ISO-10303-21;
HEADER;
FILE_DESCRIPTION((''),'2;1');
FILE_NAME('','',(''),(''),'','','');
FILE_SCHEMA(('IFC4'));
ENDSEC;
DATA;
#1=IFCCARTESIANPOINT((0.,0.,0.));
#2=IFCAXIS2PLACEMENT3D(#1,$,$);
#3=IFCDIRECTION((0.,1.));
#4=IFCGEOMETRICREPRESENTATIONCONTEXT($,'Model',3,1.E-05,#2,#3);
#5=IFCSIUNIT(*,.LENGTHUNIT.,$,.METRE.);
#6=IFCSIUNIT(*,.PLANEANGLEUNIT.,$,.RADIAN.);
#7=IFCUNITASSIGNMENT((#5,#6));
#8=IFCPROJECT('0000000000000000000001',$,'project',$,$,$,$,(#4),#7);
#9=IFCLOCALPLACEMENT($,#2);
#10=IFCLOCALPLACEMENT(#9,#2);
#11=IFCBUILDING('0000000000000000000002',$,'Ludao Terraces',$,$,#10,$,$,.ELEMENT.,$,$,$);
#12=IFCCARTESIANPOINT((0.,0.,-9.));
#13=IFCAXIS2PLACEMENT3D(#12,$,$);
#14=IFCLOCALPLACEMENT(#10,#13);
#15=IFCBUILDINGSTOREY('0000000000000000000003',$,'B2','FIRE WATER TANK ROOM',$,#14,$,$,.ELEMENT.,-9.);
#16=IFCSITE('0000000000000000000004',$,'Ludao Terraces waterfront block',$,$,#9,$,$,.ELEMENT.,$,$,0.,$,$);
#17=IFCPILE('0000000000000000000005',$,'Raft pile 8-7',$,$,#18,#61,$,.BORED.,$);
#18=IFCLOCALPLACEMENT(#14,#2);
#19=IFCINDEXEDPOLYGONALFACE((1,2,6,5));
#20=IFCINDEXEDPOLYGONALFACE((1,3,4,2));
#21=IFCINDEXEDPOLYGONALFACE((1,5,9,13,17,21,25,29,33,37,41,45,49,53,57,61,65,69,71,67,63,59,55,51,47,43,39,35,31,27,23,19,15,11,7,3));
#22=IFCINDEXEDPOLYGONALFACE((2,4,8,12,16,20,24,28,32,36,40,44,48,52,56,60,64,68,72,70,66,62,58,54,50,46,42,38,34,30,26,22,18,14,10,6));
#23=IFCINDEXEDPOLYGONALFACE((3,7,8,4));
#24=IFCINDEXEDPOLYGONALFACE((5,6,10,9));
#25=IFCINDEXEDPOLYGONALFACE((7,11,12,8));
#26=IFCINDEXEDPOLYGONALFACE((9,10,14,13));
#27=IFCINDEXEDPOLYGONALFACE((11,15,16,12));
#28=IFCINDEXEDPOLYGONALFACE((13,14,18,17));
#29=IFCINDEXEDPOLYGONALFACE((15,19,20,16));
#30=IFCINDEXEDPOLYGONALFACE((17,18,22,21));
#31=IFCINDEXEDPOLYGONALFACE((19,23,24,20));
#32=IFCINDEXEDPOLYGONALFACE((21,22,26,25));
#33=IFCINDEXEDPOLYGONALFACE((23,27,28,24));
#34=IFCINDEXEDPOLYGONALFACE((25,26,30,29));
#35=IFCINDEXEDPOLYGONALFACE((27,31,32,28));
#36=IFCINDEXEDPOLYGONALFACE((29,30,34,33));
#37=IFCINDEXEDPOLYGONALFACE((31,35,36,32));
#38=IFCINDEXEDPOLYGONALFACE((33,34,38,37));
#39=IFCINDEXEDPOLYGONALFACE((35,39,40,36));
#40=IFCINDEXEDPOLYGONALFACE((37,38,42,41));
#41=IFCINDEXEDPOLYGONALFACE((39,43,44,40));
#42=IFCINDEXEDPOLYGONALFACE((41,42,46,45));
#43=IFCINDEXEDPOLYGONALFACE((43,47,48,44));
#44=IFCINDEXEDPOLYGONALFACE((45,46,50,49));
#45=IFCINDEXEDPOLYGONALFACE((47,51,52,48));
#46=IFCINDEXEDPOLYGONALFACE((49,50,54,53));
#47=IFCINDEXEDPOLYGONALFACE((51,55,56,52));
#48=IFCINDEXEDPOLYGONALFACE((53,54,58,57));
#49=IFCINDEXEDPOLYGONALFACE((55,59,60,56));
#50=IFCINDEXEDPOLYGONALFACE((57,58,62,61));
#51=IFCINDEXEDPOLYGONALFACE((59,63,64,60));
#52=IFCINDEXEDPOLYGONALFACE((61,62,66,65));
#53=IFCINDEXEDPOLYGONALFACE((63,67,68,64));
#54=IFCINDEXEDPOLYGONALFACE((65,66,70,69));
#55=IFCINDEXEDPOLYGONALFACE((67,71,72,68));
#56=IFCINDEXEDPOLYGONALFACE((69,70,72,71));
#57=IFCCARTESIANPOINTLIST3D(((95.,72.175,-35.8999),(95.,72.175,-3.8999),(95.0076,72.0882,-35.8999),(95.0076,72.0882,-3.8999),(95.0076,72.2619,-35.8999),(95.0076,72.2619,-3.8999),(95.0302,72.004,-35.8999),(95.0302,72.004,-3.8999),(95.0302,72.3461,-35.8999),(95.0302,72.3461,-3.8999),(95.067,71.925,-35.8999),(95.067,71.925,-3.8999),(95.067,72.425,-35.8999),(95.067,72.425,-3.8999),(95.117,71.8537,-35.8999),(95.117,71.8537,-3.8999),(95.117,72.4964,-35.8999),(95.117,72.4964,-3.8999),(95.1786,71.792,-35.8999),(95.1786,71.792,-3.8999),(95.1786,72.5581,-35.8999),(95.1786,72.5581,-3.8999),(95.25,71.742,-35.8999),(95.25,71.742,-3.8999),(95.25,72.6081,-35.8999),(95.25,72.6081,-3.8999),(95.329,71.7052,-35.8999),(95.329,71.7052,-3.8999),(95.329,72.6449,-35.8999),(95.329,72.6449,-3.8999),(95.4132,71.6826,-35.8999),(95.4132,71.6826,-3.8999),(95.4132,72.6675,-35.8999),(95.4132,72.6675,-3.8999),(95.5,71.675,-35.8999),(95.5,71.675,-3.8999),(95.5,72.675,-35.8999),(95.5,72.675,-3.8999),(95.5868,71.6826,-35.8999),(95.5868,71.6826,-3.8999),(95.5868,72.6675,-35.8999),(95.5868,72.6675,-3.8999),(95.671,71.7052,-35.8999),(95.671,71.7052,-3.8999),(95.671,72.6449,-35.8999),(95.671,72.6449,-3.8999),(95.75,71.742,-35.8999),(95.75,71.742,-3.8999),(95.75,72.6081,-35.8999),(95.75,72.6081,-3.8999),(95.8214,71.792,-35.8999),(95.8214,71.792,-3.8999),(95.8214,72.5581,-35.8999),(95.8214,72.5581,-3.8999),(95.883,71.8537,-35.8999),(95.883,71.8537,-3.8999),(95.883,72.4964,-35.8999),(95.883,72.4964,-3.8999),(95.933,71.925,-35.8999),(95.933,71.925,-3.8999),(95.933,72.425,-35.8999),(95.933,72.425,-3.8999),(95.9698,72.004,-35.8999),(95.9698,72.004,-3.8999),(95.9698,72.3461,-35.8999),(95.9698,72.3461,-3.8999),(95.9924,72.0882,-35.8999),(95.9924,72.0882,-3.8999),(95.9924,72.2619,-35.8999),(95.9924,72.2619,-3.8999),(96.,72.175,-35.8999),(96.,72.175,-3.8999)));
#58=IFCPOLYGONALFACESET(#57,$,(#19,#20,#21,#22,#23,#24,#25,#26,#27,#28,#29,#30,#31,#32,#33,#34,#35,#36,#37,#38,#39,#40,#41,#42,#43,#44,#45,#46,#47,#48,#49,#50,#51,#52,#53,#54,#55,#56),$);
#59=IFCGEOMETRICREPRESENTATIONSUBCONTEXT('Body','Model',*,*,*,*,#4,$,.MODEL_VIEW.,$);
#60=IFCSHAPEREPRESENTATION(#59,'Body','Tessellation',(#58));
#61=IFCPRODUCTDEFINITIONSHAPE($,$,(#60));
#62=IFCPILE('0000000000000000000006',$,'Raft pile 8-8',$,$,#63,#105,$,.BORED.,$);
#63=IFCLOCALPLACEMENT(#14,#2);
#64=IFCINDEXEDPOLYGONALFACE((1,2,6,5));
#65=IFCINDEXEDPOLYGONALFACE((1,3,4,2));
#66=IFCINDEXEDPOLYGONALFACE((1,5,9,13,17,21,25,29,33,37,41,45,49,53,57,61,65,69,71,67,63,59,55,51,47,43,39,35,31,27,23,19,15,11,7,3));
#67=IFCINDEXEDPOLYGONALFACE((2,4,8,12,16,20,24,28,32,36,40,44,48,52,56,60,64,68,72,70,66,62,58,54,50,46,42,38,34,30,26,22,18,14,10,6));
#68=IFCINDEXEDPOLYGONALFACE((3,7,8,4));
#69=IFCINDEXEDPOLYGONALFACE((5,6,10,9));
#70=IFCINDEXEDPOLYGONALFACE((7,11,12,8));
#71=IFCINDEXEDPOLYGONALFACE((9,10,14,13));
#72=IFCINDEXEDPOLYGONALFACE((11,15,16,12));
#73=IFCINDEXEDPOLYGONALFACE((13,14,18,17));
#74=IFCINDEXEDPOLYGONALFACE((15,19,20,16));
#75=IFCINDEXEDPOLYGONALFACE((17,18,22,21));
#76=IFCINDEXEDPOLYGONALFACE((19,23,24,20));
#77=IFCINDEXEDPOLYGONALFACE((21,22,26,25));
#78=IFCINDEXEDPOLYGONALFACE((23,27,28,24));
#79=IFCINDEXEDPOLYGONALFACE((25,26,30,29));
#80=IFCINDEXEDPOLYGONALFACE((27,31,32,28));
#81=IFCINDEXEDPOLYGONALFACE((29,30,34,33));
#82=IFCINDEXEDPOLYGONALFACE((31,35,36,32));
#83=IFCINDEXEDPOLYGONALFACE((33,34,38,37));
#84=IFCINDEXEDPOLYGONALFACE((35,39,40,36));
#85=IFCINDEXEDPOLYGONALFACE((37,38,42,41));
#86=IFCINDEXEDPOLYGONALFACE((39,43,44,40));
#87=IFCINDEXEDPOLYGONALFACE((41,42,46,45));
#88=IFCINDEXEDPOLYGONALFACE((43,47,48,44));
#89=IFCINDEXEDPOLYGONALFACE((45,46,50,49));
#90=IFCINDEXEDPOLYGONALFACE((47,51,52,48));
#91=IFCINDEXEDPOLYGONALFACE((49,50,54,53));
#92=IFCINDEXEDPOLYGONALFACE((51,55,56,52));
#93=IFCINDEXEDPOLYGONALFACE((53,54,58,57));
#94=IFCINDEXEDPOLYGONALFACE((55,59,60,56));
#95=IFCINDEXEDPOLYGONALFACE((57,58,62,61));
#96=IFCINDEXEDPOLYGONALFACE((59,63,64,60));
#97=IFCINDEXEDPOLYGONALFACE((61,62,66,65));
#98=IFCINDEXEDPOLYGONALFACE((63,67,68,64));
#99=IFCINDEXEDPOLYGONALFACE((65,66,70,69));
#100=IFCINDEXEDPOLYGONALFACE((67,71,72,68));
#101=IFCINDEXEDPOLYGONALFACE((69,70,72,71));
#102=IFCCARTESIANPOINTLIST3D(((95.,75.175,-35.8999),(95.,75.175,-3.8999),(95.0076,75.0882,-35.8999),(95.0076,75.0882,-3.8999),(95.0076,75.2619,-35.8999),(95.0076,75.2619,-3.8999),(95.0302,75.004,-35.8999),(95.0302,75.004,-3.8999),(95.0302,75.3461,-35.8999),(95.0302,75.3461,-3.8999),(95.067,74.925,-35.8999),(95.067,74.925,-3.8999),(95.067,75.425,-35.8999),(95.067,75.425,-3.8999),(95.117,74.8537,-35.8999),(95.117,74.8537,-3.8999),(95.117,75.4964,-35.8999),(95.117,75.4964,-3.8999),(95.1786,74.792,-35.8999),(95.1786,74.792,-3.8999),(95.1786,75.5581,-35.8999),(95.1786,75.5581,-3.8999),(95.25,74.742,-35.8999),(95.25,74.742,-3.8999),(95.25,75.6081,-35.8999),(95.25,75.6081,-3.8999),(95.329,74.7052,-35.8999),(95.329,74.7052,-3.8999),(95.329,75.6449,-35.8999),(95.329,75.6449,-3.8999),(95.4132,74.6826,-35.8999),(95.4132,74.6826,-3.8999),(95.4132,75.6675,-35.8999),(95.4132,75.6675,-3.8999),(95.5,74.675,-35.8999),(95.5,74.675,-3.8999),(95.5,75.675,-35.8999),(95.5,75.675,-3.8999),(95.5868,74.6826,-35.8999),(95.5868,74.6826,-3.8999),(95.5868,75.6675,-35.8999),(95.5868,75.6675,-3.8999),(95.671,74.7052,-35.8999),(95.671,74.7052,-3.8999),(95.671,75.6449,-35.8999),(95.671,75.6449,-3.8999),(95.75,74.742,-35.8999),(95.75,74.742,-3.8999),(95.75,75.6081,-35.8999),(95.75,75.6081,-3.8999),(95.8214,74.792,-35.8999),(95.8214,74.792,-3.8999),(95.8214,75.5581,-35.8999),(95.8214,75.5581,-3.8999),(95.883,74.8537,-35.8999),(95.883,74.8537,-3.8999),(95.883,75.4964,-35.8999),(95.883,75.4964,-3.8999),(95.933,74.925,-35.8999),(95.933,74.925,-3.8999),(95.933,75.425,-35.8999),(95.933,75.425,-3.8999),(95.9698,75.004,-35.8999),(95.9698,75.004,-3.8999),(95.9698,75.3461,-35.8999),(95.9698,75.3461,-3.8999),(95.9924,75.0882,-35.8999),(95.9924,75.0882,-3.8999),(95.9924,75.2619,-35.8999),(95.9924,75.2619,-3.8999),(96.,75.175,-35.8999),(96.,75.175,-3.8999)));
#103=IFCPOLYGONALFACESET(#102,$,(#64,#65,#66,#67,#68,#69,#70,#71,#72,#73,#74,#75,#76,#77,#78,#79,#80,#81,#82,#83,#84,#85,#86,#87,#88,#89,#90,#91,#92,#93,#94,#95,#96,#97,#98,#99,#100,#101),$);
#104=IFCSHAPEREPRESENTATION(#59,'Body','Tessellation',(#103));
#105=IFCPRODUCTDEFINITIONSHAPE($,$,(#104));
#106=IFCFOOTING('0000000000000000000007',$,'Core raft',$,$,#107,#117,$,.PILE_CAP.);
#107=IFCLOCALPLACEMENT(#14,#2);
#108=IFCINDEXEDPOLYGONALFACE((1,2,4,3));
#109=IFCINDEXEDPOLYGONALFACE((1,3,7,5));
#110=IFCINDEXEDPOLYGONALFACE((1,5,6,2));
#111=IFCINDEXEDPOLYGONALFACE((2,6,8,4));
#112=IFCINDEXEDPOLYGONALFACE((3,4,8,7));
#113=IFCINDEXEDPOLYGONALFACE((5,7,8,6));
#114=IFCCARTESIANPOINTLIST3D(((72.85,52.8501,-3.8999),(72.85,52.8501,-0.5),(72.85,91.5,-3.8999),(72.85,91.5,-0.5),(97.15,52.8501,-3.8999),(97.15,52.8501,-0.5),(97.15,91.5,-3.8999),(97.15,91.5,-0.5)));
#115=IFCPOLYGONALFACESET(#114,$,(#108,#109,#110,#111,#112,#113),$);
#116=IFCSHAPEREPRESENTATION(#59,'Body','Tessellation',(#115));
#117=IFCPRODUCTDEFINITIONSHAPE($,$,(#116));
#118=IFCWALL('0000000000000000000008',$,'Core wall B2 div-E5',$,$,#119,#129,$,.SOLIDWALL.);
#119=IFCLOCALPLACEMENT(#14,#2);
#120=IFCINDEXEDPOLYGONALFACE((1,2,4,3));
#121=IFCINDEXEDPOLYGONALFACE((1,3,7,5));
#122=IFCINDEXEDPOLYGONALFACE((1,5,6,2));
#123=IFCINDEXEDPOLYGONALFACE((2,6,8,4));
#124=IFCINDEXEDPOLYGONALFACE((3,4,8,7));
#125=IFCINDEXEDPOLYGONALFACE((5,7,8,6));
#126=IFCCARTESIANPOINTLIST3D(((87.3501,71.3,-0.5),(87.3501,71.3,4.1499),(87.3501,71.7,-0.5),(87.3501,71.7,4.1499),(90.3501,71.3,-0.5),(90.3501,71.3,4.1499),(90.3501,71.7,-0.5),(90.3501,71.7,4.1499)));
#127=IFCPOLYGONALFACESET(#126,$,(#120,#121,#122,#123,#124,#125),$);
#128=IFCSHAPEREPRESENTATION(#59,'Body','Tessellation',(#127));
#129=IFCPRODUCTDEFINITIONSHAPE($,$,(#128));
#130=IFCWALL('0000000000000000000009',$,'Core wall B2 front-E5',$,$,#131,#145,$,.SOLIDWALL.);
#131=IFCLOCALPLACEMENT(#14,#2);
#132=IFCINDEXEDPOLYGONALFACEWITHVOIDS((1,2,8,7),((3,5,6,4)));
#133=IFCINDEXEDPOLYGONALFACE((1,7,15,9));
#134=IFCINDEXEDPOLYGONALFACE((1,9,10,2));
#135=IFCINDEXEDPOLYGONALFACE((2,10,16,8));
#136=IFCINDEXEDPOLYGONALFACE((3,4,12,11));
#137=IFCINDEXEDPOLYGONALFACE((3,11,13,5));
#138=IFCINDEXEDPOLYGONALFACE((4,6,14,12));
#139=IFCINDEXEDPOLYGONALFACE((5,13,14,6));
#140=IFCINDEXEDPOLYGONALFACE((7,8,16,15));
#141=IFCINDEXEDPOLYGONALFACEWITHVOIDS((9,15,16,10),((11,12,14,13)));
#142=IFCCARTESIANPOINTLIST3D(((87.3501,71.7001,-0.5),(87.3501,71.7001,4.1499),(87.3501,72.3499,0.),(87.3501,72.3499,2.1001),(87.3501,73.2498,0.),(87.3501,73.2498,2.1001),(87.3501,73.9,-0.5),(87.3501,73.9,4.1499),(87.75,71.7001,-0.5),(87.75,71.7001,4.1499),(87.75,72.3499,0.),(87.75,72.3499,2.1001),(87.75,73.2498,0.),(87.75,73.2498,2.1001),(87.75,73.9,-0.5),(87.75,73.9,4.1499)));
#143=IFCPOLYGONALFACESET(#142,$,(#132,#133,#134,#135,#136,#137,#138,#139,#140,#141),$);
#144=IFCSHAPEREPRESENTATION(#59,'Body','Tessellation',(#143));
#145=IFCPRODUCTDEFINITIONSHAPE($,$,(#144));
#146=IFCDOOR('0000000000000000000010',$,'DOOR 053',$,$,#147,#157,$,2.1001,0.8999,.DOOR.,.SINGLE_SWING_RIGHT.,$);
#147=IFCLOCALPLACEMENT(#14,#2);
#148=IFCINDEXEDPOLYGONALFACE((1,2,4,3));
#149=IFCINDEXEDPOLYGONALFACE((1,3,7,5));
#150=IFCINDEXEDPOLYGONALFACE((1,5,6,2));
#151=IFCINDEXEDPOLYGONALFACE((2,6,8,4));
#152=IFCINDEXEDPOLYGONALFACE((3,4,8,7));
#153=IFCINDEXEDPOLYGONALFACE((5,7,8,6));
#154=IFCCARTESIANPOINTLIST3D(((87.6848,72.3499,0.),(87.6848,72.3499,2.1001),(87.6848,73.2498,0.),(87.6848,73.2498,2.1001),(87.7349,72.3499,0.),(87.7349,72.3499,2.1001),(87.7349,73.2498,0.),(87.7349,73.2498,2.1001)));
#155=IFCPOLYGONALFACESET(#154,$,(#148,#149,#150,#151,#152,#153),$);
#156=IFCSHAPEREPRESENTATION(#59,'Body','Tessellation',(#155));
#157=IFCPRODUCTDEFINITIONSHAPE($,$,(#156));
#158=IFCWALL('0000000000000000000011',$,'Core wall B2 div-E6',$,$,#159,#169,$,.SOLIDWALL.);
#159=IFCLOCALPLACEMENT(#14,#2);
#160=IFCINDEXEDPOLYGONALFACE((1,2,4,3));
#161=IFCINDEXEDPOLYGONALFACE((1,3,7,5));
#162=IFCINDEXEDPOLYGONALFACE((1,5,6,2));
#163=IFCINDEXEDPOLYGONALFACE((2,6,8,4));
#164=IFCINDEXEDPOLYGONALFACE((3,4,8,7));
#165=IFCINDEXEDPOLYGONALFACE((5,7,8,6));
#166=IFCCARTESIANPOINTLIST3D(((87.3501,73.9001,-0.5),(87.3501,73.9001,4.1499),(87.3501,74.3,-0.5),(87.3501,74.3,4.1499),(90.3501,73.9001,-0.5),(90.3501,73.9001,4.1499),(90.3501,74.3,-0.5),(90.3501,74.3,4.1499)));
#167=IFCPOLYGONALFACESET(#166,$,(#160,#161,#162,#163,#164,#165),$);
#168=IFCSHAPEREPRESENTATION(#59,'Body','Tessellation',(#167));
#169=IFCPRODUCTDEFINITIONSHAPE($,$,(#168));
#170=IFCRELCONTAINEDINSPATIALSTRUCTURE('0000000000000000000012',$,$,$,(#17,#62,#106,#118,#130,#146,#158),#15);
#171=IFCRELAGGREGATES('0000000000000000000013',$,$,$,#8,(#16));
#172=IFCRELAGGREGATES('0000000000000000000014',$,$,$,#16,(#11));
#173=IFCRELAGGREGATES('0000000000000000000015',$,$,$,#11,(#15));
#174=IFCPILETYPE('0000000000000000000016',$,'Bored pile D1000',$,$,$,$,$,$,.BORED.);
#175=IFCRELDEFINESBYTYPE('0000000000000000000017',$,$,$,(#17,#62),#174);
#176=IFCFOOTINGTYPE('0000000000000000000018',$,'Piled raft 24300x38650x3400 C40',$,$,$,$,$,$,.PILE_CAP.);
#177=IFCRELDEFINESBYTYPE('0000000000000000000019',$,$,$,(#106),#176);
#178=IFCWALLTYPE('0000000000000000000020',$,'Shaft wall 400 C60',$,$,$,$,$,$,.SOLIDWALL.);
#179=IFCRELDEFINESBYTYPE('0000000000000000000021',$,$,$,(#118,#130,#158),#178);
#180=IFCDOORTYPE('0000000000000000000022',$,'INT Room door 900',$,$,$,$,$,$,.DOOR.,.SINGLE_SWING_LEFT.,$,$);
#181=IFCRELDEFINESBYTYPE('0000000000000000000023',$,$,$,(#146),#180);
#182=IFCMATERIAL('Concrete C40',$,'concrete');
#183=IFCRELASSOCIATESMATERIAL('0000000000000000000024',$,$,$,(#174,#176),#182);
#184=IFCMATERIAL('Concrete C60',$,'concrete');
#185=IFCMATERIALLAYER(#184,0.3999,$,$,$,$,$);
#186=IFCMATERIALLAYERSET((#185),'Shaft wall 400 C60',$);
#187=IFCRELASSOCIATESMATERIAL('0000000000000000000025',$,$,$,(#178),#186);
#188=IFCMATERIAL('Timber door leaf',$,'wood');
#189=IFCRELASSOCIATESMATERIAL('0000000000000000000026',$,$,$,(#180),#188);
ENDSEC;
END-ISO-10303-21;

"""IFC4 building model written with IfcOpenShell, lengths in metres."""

from ifc_helpers import new_model, si_unit, direction, frame, frame_2d, origin, origin_2d, place, context, subcontext, project, spatial, rectangle, circle, extrude, material, layer, layer_set, material_profile, profile_set, type_object, element, fill, save


model = new_model("IFC4")

# Units and contexts
model_context = context("Model", 3, precision=1e-05, world=origin(), true_north=direction((0.0, 1.0)))
body_context = subcontext(model_context, "Body", "Model", "MODEL_VIEW")
ifc_project = project(units=[si_unit("LENGTHUNIT", "METRE"), si_unit("PLANEANGLEUNIT", "RADIAN")], contexts=[model_context])

# Site, building, storey
site_placement = place(None, origin())
site = spatial("IfcSite", under=ifc_project, at=site_placement, Name="Ludao Terraces waterfront block", CompositionType="ELEMENT", RefElevation=0.0)
building_placement = place(site_placement, origin())
building = spatial("IfcBuilding", under=site, at=building_placement, Name="Ludao Terraces", CompositionType="ELEMENT")
storey_placement = place(building_placement, frame((0.0, 0.0, -9.0)))
storey = spatial("IfcBuildingStorey", under=building, at=storey_placement, Name="B2", Description="FIRE WATER TANK ROOM", CompositionType="ELEMENT", Elevation=-9.0)

# Piles
ifc_material_1 = material(Name="Concrete C40", Category="concrete")
ifc_material_profile = material_profile(ifc_material_1, circle(Radius=0.5, at=origin_2d()), Name="D1000 BORED PILE")
ifc_profile_set = profile_set([ifc_material_profile], Name="Concrete C40")
pile_type = type_object("IfcPileType", Name="Bored pile D1000", PredefinedType="BORED", material=ifc_profile_set)
for number, where, z_axis, x_axis, name in (
    (1, (95.5, 72.175, -3.8999), (0.0, 0.0, -1.0), (1.0, 0.0, 0.0), "Raft pile 8-7"),
    (2, (95.5, 75.175, -3.8999), (0.0, 0.0, -1.0), (1.0, 0.0, 0.0), "Raft pile 8-8"),
):
    element("IfcPile", number, at=place(storey_placement, frame(where, z_axis=z_axis, x_axis=x_axis)), inside=storey, type_object=pile_type, Name=name, PredefinedType="BORED", context=body_context, shape_type="SweptSolid", body=[
        extrude(circle(Radius=0.5, at=origin_2d()), origin(), (0.0, 0.0, 1.0), 32.0),
    ])

# Footing
footing_type = type_object("IfcFootingType", Name="Piled raft 24300x38650x3400 C40", PredefinedType="PILE_CAP", material=ifc_material_1)
footing_placement = place(storey_placement, frame((85.0, 72.175, -3.8999), z_axis=(0.0, 0.0, 1.0), x_axis=(1.0, 0.0, 0.0)))
element("IfcFooting", 3, at=footing_placement, inside=storey, type_object=footing_type, Name="Core raft", PredefinedType="PILE_CAP", context=body_context, shape_type="SweptSolid", body=[
    extrude(rectangle(XDim=24.3, YDim=38.6499, at=origin_2d()), origin(), (0.0, 0.0, 1.0), 3.3999),
])

# Wall
ifc_material_2 = material(Name="Concrete C60", Category="concrete")
ifc_layer = layer(ifc_material_2, 0.3999)
ifc_layer_set = layer_set([ifc_layer], Name="Shaft wall 400 C60")
wall_type = type_object("IfcWallType", Name="Shaft wall 400 C60", PredefinedType="SOLIDWALL", material=ifc_layer_set)
wall_1_placement = place(storey_placement, frame((87.3501, 71.5, -0.5), z_axis=(0.0, 0.0, 1.0), x_axis=(1.0, 0.0, 0.0)))
element("IfcWall", 4, at=wall_1_placement, inside=storey, type_object=wall_type, Name="Core wall B2 div-E5", PredefinedType="SOLIDWALL", context=body_context, shape_type="SweptSolid", body=[
    extrude(rectangle(XDim=3.0, YDim=0.3999, at=frame_2d((1.5, 0.0))), origin(), (0.0, 0.0, 1.0), 4.6499),
])

# Wall, opening, door
wall_2_placement = place(storey_placement, frame((87.55, 71.7, -0.5), z_axis=(0.0, 0.0, 1.0), x_axis=(0.0, 1.0, 0.0)))
wall_2 = element("IfcWall", 5, at=wall_2_placement, inside=storey, type_object=wall_type, Name="Core wall B2 front-E5", PredefinedType="SOLIDWALL", context=body_context, shape_type="SweptSolid", body=[
    extrude(rectangle(XDim=2.2, YDim=0.3999, at=frame_2d((1.1001, 0.0))), origin(), (0.0, 0.0, 1.0), 4.6499),
])
opening_1_placement = place(wall_2_placement, frame((0.6499, 0.0, 0.5)))
opening_1 = element("IfcOpeningElement", 6, at=opening_1_placement, cuts=wall_2, PredefinedType="OPENING", context=body_context, shape_type="SweptSolid", body=[
    extrude(rectangle(XDim=0.8999, YDim=2.1001, at=frame_2d((0.45, 1.05))), frame((0.0, 0.21, 0.0), z_axis=(0.0, -1.0, 0.0), x_axis=(1.0, 0.0, 0.0)), (0.0, 0.0, 1.0), 0.4199),
])
ifc_material_3 = material(Name="Timber door leaf", Category="wood")
door_type = type_object("IfcDoorType", Name="INT Room door 900", OperationType="SINGLE_SWING_LEFT", PredefinedType="DOOR", material=ifc_material_3)
door_1_placement = place(opening_1_placement, origin())
door_1 = element("IfcDoor", 7, at=door_1_placement, inside=storey, type_object=door_type, Name="DOOR 053", OperationType="SINGLE_SWING_RIGHT", OverallHeight=2.1001, OverallWidth=0.8999, PredefinedType="DOOR", context=body_context, shape_type="SweptSolid", body=[
    extrude(rectangle(XDim=0.8999, YDim=2.1001, at=frame_2d((0.45, 1.05))), frame((0.0, -0.1348, 0.0), z_axis=(0.0, -1.0, 0.0), x_axis=(1.0, 0.0, 0.0)), (0.0, 0.0, 1.0), 0.05),
])
fill(opening_1, door_1)

# Wall
wall_3_placement = place(storey_placement, frame((87.3501, 74.1001, -0.5), z_axis=(0.0, 0.0, 1.0), x_axis=(1.0, 0.0, 0.0)))
element("IfcWall", 8, at=wall_3_placement, inside=storey, type_object=wall_type, Name="Core wall B2 div-E6", PredefinedType="SOLIDWALL", context=body_context, shape_type="SweptSolid", body=[
    extrude(rectangle(XDim=3.0, YDim=0.3999, at=frame_2d((1.5, 0.0))), origin(), (0.0, 0.0, 1.0), 4.6499),
])

save(model, "model.ifc")
